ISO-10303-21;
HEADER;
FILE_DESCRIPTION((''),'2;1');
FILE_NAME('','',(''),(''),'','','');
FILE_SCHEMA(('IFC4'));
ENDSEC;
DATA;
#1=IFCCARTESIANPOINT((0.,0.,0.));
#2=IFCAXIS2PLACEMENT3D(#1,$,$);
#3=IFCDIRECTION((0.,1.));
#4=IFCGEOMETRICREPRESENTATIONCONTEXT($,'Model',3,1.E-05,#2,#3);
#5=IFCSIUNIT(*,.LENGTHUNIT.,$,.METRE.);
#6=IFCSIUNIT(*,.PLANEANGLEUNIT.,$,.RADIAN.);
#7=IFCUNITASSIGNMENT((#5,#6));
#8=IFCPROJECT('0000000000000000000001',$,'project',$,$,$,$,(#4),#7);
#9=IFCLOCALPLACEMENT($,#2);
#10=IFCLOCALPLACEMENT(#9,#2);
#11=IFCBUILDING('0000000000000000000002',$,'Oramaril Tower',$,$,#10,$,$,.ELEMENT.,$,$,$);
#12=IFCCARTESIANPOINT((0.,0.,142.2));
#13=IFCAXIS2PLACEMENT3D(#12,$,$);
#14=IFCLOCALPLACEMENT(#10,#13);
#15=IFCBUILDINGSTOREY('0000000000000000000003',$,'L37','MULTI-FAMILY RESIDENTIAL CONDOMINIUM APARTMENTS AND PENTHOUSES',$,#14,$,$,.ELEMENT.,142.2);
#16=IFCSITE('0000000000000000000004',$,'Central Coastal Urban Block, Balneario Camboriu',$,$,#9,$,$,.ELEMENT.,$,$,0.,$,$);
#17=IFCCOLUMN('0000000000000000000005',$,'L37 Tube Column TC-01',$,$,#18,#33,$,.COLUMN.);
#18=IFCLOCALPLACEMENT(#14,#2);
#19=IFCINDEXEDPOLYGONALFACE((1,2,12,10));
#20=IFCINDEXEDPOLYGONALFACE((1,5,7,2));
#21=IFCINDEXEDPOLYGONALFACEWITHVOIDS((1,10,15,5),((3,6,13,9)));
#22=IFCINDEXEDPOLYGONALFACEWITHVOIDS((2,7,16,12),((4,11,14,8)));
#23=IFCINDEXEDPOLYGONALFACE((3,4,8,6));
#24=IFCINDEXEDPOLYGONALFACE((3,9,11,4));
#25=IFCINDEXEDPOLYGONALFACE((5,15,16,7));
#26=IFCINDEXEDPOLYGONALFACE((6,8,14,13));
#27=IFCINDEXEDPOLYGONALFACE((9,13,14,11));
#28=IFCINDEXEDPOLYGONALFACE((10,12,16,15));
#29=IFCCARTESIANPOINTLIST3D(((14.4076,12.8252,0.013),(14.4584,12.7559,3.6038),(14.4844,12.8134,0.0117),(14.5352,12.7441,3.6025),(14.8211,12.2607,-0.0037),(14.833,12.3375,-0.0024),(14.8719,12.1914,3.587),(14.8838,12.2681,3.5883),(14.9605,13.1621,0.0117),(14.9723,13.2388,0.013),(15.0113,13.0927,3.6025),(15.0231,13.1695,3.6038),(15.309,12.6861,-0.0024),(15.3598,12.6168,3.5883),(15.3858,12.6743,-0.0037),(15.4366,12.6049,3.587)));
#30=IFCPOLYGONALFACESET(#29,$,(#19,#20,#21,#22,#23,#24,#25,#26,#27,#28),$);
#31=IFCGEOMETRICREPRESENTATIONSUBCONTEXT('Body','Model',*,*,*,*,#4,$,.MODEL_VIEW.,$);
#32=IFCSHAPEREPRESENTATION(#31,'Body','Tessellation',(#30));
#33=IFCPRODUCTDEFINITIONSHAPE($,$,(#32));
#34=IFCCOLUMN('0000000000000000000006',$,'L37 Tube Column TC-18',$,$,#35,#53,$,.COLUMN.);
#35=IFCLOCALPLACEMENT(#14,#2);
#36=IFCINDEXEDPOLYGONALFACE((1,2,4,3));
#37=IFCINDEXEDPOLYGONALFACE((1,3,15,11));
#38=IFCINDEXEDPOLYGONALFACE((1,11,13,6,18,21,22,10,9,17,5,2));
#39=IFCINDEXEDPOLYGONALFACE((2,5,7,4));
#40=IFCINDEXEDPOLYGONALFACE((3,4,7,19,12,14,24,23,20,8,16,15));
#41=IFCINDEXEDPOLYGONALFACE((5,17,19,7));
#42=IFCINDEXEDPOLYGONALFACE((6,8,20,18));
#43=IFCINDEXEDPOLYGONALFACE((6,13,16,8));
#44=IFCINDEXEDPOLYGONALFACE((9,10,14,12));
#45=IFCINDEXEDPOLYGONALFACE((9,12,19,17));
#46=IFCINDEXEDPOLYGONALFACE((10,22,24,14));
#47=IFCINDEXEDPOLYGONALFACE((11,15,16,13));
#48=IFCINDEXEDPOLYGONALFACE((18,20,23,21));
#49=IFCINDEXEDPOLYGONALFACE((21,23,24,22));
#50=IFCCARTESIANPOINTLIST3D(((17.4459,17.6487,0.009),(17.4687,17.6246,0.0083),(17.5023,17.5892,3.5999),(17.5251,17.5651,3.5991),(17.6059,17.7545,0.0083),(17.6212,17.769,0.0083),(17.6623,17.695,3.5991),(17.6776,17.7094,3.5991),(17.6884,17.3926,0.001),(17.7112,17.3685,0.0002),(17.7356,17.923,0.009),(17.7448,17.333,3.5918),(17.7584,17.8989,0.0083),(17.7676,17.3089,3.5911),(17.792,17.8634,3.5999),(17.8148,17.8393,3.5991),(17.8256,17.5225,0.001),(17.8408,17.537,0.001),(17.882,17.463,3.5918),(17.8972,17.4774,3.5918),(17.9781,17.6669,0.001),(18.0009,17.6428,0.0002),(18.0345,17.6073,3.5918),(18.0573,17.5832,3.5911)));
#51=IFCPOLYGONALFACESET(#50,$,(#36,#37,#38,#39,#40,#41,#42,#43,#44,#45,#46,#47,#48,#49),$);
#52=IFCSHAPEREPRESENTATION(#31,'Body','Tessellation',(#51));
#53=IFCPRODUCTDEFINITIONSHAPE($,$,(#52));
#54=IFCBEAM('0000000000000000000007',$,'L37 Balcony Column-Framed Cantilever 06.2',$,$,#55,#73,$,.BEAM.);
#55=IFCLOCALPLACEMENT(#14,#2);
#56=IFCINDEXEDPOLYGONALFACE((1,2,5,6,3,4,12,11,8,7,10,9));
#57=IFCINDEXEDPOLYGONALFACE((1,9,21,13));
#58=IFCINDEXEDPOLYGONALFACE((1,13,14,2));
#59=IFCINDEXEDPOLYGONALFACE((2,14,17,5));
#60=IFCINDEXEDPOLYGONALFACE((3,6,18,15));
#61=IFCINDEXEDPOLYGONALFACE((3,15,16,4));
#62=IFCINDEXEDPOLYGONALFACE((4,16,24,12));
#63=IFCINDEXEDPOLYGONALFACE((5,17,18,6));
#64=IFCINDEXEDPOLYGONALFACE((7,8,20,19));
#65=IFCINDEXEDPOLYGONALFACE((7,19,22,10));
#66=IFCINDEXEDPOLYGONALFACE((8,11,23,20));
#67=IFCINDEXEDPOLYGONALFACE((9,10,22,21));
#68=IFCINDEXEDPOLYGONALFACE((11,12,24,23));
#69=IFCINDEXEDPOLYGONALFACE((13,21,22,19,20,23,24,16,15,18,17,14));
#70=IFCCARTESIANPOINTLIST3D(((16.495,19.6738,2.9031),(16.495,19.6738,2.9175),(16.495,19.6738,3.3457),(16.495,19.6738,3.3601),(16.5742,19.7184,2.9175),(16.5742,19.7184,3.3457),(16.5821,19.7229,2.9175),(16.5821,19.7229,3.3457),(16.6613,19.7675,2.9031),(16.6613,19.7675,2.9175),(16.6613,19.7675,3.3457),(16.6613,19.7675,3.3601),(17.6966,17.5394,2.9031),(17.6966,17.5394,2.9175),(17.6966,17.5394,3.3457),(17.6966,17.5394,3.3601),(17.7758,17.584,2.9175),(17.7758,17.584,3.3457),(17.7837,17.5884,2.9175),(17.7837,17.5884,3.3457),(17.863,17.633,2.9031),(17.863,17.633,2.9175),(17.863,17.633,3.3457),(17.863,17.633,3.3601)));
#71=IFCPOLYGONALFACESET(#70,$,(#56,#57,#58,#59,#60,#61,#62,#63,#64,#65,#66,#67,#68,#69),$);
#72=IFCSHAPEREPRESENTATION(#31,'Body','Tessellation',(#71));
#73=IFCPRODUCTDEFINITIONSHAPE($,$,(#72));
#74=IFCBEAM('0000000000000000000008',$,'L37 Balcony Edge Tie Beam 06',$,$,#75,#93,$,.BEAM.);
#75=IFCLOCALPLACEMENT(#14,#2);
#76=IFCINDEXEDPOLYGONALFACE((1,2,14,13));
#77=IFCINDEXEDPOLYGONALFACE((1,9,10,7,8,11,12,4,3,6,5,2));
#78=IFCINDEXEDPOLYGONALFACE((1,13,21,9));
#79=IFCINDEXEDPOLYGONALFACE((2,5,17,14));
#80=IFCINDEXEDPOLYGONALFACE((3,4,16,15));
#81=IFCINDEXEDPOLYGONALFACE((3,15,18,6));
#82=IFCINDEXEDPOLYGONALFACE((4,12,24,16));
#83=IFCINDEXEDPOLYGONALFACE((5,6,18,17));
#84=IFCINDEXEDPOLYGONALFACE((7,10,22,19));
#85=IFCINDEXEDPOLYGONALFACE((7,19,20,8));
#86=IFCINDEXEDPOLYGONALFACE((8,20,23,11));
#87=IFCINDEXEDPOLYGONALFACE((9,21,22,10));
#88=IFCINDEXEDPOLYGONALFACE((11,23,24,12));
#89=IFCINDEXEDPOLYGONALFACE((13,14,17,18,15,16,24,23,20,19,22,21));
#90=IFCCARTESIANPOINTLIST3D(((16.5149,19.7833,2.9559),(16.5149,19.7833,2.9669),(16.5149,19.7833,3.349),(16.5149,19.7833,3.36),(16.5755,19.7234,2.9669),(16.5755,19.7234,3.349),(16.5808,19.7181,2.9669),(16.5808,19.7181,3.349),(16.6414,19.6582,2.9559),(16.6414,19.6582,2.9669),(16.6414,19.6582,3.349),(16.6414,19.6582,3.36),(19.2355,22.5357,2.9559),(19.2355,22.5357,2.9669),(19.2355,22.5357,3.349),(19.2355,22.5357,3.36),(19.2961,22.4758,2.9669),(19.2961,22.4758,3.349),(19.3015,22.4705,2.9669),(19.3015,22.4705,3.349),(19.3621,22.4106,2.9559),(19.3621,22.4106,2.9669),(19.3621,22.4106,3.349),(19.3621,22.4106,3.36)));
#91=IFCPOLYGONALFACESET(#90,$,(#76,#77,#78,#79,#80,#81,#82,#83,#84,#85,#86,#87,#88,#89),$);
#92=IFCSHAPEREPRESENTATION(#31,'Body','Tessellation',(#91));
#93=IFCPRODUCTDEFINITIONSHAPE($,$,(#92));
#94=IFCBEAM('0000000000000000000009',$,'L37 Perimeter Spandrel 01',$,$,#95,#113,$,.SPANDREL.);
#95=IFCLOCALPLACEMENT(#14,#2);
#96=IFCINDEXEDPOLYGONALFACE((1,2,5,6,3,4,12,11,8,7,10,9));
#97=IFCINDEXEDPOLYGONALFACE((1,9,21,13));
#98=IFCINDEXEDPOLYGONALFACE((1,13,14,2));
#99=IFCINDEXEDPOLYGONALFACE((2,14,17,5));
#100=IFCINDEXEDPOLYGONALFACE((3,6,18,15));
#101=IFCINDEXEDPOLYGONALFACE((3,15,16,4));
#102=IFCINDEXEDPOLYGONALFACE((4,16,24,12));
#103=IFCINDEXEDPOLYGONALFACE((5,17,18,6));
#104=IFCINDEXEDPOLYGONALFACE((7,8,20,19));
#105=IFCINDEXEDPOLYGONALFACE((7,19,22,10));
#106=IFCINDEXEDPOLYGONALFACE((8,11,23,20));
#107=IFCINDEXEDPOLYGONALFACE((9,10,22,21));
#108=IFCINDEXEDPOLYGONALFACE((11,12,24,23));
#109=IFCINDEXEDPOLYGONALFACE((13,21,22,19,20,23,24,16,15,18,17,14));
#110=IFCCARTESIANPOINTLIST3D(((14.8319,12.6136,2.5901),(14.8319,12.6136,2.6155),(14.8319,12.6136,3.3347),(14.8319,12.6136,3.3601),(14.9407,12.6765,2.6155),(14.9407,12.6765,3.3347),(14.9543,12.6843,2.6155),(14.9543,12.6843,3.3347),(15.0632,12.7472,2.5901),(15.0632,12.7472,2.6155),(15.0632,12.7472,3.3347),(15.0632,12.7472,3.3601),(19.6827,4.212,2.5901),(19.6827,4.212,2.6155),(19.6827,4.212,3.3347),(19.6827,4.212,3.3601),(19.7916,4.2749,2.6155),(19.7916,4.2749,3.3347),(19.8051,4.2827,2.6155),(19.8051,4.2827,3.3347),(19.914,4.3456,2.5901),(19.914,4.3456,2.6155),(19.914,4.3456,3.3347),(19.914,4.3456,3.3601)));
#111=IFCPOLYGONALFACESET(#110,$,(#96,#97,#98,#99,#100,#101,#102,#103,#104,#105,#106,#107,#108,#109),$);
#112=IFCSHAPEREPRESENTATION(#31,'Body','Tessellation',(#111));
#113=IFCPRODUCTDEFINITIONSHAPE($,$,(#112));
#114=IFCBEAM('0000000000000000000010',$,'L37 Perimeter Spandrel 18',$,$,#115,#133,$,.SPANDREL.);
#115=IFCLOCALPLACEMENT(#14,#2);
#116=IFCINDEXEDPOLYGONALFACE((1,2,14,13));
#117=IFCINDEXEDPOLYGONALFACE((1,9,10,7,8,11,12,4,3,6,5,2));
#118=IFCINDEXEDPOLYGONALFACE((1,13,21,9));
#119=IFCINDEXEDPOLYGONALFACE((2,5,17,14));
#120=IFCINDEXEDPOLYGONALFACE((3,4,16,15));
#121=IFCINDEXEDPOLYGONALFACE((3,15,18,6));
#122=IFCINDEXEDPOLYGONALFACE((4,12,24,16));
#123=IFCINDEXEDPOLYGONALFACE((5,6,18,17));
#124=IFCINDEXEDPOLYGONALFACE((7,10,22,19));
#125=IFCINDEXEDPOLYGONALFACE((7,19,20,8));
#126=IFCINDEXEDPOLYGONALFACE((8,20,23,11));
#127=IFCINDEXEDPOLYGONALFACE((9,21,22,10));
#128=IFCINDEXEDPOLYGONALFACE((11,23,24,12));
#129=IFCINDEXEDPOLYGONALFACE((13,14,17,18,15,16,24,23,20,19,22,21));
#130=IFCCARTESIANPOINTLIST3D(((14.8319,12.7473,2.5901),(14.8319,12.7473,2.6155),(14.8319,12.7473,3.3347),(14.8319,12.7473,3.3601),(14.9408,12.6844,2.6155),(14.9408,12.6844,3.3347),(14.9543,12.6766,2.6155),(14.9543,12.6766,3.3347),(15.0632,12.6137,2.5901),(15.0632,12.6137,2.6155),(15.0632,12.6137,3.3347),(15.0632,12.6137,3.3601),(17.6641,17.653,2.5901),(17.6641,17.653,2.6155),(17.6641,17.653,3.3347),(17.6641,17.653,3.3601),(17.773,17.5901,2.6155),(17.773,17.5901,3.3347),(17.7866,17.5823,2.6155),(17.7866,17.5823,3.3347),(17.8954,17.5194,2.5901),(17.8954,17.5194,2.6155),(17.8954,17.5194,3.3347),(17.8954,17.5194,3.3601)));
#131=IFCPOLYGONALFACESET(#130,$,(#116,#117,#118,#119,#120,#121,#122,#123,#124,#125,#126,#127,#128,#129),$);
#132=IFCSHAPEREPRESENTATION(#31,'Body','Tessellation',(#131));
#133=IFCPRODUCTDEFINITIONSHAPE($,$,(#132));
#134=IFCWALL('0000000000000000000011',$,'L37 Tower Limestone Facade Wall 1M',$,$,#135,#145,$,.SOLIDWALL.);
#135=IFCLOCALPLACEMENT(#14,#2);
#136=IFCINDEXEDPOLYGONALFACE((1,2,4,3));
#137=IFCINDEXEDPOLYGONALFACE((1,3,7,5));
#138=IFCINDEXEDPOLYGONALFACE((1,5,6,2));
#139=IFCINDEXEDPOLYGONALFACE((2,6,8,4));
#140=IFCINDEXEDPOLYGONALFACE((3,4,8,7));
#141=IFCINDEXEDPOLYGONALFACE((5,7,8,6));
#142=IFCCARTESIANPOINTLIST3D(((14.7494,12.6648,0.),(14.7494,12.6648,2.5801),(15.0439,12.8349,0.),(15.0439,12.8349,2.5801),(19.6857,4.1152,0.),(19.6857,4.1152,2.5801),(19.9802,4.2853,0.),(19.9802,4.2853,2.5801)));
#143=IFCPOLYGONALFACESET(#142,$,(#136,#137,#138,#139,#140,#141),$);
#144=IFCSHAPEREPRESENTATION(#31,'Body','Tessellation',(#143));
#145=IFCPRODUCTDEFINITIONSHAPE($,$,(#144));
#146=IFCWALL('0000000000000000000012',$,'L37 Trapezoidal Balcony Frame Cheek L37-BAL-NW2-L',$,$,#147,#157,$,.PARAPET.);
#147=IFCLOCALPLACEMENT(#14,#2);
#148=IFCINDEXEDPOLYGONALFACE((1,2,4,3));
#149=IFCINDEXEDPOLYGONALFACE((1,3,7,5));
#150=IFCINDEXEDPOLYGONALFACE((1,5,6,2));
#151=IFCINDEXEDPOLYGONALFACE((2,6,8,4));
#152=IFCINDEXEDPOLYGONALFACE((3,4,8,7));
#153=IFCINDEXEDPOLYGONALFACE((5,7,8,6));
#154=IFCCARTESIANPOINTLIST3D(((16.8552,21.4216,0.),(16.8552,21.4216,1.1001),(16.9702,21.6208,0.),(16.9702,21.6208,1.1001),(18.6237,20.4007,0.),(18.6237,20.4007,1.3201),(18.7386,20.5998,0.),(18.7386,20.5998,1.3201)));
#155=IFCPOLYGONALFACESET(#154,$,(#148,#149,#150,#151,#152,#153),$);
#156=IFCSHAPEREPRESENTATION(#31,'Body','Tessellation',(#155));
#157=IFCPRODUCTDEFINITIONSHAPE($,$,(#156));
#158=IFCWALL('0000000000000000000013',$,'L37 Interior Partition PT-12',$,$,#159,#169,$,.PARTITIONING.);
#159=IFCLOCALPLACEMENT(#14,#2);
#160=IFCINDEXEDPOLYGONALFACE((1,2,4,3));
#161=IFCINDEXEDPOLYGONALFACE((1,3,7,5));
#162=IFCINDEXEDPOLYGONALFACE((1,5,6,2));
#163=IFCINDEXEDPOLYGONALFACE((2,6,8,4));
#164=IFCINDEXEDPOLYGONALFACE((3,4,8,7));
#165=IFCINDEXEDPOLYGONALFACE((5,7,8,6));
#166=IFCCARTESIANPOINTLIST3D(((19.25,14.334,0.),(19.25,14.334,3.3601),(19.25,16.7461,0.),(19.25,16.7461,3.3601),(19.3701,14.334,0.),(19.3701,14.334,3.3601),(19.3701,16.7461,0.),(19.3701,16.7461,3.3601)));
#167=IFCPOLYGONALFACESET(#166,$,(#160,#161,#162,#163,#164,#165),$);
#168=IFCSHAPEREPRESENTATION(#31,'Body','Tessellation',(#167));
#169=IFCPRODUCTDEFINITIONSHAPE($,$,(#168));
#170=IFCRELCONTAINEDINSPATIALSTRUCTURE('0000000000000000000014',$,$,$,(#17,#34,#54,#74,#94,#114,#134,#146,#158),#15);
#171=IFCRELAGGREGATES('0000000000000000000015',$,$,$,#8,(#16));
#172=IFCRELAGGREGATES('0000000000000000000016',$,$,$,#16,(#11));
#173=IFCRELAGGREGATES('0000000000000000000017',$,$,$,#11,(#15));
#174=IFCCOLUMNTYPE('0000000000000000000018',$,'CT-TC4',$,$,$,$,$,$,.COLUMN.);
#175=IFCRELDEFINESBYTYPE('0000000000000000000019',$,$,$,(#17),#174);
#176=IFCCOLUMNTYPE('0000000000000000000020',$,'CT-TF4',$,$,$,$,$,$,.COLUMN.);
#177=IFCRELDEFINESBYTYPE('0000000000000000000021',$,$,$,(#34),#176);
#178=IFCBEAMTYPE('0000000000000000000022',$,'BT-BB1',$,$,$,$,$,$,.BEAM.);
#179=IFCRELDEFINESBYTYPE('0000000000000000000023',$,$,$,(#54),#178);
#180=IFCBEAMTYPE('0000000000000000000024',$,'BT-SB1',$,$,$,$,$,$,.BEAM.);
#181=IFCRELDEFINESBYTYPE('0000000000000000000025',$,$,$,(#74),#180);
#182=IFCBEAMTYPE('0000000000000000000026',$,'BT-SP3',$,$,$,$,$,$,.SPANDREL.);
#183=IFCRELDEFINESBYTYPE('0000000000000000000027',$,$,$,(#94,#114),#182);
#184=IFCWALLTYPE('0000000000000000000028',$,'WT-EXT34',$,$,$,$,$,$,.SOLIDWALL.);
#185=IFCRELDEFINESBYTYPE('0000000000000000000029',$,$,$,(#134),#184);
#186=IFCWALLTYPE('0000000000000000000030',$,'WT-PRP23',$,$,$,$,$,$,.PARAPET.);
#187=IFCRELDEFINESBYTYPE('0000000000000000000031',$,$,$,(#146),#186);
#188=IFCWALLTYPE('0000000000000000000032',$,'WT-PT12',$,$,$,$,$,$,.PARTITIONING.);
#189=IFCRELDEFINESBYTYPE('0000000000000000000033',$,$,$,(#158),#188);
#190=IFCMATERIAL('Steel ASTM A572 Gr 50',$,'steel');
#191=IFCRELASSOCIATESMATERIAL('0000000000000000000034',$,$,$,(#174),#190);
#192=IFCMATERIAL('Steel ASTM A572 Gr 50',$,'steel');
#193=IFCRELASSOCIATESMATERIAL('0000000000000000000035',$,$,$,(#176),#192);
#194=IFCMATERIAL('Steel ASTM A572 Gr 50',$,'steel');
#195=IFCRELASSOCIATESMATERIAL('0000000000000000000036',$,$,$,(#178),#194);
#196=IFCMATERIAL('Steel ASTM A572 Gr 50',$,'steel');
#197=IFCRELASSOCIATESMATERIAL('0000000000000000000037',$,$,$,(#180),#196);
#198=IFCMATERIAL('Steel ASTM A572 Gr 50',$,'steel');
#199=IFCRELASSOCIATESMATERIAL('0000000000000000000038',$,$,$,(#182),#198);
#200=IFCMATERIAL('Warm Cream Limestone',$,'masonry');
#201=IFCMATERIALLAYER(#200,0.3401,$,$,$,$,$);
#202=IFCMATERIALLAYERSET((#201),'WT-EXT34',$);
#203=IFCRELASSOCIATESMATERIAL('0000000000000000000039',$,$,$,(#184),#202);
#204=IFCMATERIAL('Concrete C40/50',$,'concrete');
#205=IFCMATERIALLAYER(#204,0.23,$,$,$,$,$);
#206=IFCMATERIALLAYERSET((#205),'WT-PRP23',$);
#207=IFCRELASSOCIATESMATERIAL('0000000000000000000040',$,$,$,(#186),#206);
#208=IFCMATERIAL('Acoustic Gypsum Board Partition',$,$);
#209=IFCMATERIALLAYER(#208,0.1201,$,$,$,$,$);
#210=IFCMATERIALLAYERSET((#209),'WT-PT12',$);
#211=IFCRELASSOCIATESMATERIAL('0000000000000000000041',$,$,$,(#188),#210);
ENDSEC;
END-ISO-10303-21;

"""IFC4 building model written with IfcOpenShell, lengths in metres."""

from ifc_helpers import new_model, si_unit, direction, frame, frame_2d, origin, origin_2d, place, context, subcontext, project, spatial, polyline, rectangle, hollow_rectangle, i_section, outline, extrude, material, layer, layer_set, material_profile, profile_set, type_object, element, save


model = new_model("IFC4")

# Units and contexts
model_context = context("Model", 3, precision=1e-05, world=origin(), true_north=direction((0.0, 1.0)))
body_context = subcontext(model_context, "Body", "Model", "MODEL_VIEW")
ifc_project = project(units=[si_unit("LENGTHUNIT", "METRE"), si_unit("PLANEANGLEUNIT", "RADIAN")], contexts=[model_context])

# Site, building, storey
site_placement = place(None, origin())
site = spatial("IfcSite", under=ifc_project, at=site_placement, Name="Central Coastal Urban Block, Balneario Camboriu", CompositionType="ELEMENT", RefElevation=0.0)
building_placement = place(site_placement, origin())
building = spatial("IfcBuilding", under=site, at=building_placement, Name="Oramaril Tower", CompositionType="ELEMENT")
storey_placement = place(building_placement, frame((0.0, 0.0, 142.2)))
storey = spatial("IfcBuildingStorey", under=building, at=storey_placement, Name="L37", Description="MULTI-FAMILY RESIDENTIAL CONDOMINIUM APARTMENTS AND PENTHOUSES", CompositionType="ELEMENT", Elevation=142.2)

# Columns
ifc_material_1 = material(Name="Steel ASTM A572 Gr 50", Category="steel")
ifc_material_profile_1 = material_profile(ifc_material_1, hollow_rectangle(XDim=0.7, YDim=0.7, WallThickness=0.0549, at=origin_2d()), Name="BOX700X700X55")
ifc_profile_set_1 = profile_set([ifc_material_profile_1], Name="Steel ASTM A572 Gr 50")
column_type_1 = type_object("IfcColumnType", Name="CT-TC4", PredefinedType="COLUMN", material=ifc_profile_set_1)
column_1_placement = place(storey_placement, frame((14.8967, 12.7498, 0.0046), z_axis=(0.014138, -0.019304, 0.999714), x_axis=(0.806766, 0.590871, 0.0)))
element("IfcColumn", 1, at=column_1_placement, inside=storey, type_object=column_type_1, Name="L37 Tube Column TC-01", PredefinedType="COLUMN", context=body_context, shape_type="SweptSolid", body=[
    extrude(hollow_rectangle(XDim=0.7, YDim=0.7, WallThickness=0.0549, at=origin_2d()), origin(), (0.0, 0.0, 1.0), 3.5918),
])
ifc_material_2 = material(Name="Steel ASTM A572 Gr 50", Category="steel")
ifc_material_profile_2 = material_profile(ifc_material_2, i_section(OverallWidth=0.3989, OverallDepth=0.386, WebThickness=0.021, FlangeThickness=0.0332, at=origin_2d()), Name="W14X176")
ifc_profile_set_2 = profile_set([ifc_material_profile_2], Name="Steel ASTM A572 Gr 50")
column_type_2 = type_object("IfcColumnType", Name="CT-TF4", PredefinedType="COLUMN", material=ifc_profile_set_2)
column_2_placement = place(storey_placement, frame((17.7234, 17.6458, 0.0046), z_axis=(0.015702, -0.016585, 0.999739), x_axis=(0.726187, 0.687497, 0.0)))
element("IfcColumn", 2, at=column_2_placement, inside=storey, type_object=column_type_2, Name="L37 Tube Column TC-18", PredefinedType="COLUMN", context=body_context, shape_type="SweptSolid", body=[
    extrude(i_section(OverallWidth=0.3989, OverallDepth=0.386, WebThickness=0.021, FlangeThickness=0.0332, at=origin_2d()), origin(), (0.0, 0.0, 1.0), 3.5918),
])

# Beams
ifc_material_3 = material(Name="Steel ASTM A572 Gr 50", Category="steel")
ifc_material_profile_3 = material_profile(ifc_material_3, i_section(OverallWidth=0.1909, OverallDepth=0.457, WebThickness=0.009, FlangeThickness=0.0144, at=origin_2d()), Name="W18X50")
ifc_profile_set_3 = profile_set([ifc_material_profile_3], Name="Steel ASTM A572 Gr 50")
beam_type_1 = type_object("IfcBeamType", Name="BT-BB1", PredefinedType="BEAM", material=ifc_profile_set_3)
beam_1_placement = place(storey_placement, frame((17.7798, 17.5862, 3.1316), z_axis=(-0.490569, 0.871402, 0.0), x_axis=(-0.871402, -0.490569, 0.0)))
element("IfcBeam", 3, at=beam_1_placement, inside=storey, type_object=beam_type_1, Name="L37 Balcony Column-Framed Cantilever 06.2", PredefinedType="BEAM", context=body_context, shape_type="SweptSolid", body=[
    extrude(i_section(OverallWidth=0.1909, OverallDepth=0.457, WebThickness=0.009, FlangeThickness=0.0144, at=origin_2d()), origin(), (0.0, 0.0, 1.0), 2.4495),
])
ifc_material_4 = material(Name="Steel ASTM A572 Gr 50", Category="steel")
ifc_material_profile_4 = material_profile(ifc_material_4, i_section(OverallWidth=0.178, OverallDepth=0.4041, WebThickness=0.0076, FlangeThickness=0.011, at=origin_2d()), Name="W16X36")
ifc_profile_set_4 = profile_set([ifc_material_profile_4], Name="Steel ASTM A572 Gr 50")
beam_type_2 = type_object("IfcBeamType", Name="BT-SB1", PredefinedType="BEAM", material=ifc_profile_set_4)
beam_2_placement = place(storey_placement, frame((19.2988, 22.4731, 3.158), z_axis=(-0.702995, -0.711195, 0.0), x_axis=(0.711195, -0.702995, 0.0)))
element("IfcBeam", 4, at=beam_2_placement, inside=storey, type_object=beam_type_2, Name="L37 Balcony Edge Tie Beam 06", PredefinedType="BEAM", context=body_context, shape_type="SweptSolid", body=[
    extrude(i_section(OverallWidth=0.178, OverallDepth=0.4041, WebThickness=0.0076, FlangeThickness=0.011, at=origin_2d()), origin(), (0.0, 0.0, 1.0), 3.8701),
])
ifc_material_5 = material(Name="Steel ASTM A572 Gr 50", Category="steel")
ifc_material_profile_5 = material_profile(ifc_material_5, i_section(OverallWidth=0.2671, OverallDepth=0.77, WebThickness=0.0156, FlangeThickness=0.0254, at=origin_2d()), Name="W30X132")
ifc_profile_set_5 = profile_set([ifc_material_profile_5], Name="Steel ASTM A572 Gr 50")
beam_type_3 = type_object("IfcBeamType", Name="BT-SP3", PredefinedType="SPANDREL", material=ifc_profile_set_5)
beam_3_placement = place(storey_placement, frame((14.9475, 12.6804, 2.9751), z_axis=(0.500012, -0.866018, 0.0), x_axis=(0.866018, 0.500012, 0.0)))
element("IfcBeam", 5, at=beam_3_placement, inside=storey, type_object=beam_type_3, Name="L37 Perimeter Spandrel 01", PredefinedType="SPANDREL", context=body_context, shape_type="SweptSolid", body=[
    extrude(i_section(OverallWidth=0.2671, OverallDepth=0.77, WebThickness=0.0156, FlangeThickness=0.0254, at=origin_2d()), origin(), (0.0, 0.0, 1.0), 9.7014),
])
beam_4_placement = place(storey_placement, frame((17.7798, 17.5862, 2.9751), z_axis=(-0.499991, -0.866031, 0.0), x_axis=(0.866031, -0.499991, 0.0)))
element("IfcBeam", 6, at=beam_4_placement, inside=storey, type_object=beam_type_3, Name="L37 Perimeter Spandrel 18", PredefinedType="SPANDREL", context=body_context, shape_type="SweptSolid", body=[
    extrude(i_section(OverallWidth=0.2671, OverallDepth=0.77, WebThickness=0.0156, FlangeThickness=0.0254, at=origin_2d()), origin(), (0.0, 0.0, 1.0), 5.6646),
])

# Walls
ifc_material_6 = material(Name="Warm Cream Limestone", Category="masonry")
ifc_layer_1 = layer(ifc_material_6, 0.3401)
ifc_layer_set_1 = layer_set([ifc_layer_1], Name="WT-EXT34")
wall_type_1 = type_object("IfcWallType", Name="WT-EXT34", PredefinedType="SOLIDWALL", material=ifc_layer_set_1)
wall_1_placement = place(storey_placement, frame((14.8967, 12.7498, 0.0), z_axis=(0.0, 0.0, 1.0), x_axis=(0.500014, -0.866017, 0.0)))
element("IfcWall", 7, at=wall_1_placement, inside=storey, type_object=wall_type_1, Name="L37 Tower Limestone Facade Wall 1M", PredefinedType="SOLIDWALL", context=body_context, shape_type="SweptSolid", body=[
    extrude(rectangle(XDim=9.8723, YDim=0.3401, at=frame_2d((4.936, 0.0))), origin(), (0.0, 0.0, 1.0), 2.5801),
])
ifc_material_7 = material(Name="Concrete C40/50", Category="concrete")
ifc_layer_2 = layer(ifc_material_7, 0.23)
ifc_layer_set_2 = layer_set([ifc_layer_2], Name="WT-PRP23")
wall_type_2 = type_object("IfcWallType", Name="WT-PRP23", PredefinedType="PARAPET", material=ifc_layer_set_2)
wall_2_placement = place(storey_placement, frame((18.6812, 20.5002, 0.0), z_axis=(0.0, 0.0, 1.0), x_axis=(-0.866042, 0.499971, 0.0)))
element("IfcWall", 8, at=wall_2_placement, inside=storey, type_object=wall_type_2, Name="L37 Trapezoidal Balcony Frame Cheek L37-BAL-NW2-L", PredefinedType="PARAPET", context=body_context, shape_type="SweptSolid", body=[
    extrude(outline(polyline([(0.0, 0.0), (2.042, 0.0), (2.042, 1.1001), (0.0, 1.3201), (0.0, 0.0)])), frame((0.0, 0.115, 0.0), z_axis=(0.0, -1.0, 0.0), x_axis=(1.0, 0.0, 0.0)), (0.0, 0.0, 1.0), 0.23),
])
ifc_material_8 = material(Name="Acoustic Gypsum Board Partition")
ifc_layer_3 = layer(ifc_material_8, 0.1201)
ifc_layer_set_3 = layer_set([ifc_layer_3], Name="WT-PT12")
wall_type_3 = type_object("IfcWallType", Name="WT-PT12", PredefinedType="PARTITIONING", material=ifc_layer_set_3)
wall_3_placement = place(storey_placement, frame((19.3101, 14.334, 0.0), z_axis=(0.0, 0.0, 1.0), x_axis=(0.0, 1.0, 0.0)))
element("IfcWall", 9, at=wall_3_placement, inside=storey, type_object=wall_type_3, Name="L37 Interior Partition PT-12", PredefinedType="PARTITIONING", context=body_context, shape_type="SweptSolid", body=[
    extrude(rectangle(XDim=2.4121, YDim=0.1201, at=frame_2d((1.2061, 0.0))), origin(), (0.0, 0.0, 1.0), 3.3601),
])

save(model, "model.ifc")
